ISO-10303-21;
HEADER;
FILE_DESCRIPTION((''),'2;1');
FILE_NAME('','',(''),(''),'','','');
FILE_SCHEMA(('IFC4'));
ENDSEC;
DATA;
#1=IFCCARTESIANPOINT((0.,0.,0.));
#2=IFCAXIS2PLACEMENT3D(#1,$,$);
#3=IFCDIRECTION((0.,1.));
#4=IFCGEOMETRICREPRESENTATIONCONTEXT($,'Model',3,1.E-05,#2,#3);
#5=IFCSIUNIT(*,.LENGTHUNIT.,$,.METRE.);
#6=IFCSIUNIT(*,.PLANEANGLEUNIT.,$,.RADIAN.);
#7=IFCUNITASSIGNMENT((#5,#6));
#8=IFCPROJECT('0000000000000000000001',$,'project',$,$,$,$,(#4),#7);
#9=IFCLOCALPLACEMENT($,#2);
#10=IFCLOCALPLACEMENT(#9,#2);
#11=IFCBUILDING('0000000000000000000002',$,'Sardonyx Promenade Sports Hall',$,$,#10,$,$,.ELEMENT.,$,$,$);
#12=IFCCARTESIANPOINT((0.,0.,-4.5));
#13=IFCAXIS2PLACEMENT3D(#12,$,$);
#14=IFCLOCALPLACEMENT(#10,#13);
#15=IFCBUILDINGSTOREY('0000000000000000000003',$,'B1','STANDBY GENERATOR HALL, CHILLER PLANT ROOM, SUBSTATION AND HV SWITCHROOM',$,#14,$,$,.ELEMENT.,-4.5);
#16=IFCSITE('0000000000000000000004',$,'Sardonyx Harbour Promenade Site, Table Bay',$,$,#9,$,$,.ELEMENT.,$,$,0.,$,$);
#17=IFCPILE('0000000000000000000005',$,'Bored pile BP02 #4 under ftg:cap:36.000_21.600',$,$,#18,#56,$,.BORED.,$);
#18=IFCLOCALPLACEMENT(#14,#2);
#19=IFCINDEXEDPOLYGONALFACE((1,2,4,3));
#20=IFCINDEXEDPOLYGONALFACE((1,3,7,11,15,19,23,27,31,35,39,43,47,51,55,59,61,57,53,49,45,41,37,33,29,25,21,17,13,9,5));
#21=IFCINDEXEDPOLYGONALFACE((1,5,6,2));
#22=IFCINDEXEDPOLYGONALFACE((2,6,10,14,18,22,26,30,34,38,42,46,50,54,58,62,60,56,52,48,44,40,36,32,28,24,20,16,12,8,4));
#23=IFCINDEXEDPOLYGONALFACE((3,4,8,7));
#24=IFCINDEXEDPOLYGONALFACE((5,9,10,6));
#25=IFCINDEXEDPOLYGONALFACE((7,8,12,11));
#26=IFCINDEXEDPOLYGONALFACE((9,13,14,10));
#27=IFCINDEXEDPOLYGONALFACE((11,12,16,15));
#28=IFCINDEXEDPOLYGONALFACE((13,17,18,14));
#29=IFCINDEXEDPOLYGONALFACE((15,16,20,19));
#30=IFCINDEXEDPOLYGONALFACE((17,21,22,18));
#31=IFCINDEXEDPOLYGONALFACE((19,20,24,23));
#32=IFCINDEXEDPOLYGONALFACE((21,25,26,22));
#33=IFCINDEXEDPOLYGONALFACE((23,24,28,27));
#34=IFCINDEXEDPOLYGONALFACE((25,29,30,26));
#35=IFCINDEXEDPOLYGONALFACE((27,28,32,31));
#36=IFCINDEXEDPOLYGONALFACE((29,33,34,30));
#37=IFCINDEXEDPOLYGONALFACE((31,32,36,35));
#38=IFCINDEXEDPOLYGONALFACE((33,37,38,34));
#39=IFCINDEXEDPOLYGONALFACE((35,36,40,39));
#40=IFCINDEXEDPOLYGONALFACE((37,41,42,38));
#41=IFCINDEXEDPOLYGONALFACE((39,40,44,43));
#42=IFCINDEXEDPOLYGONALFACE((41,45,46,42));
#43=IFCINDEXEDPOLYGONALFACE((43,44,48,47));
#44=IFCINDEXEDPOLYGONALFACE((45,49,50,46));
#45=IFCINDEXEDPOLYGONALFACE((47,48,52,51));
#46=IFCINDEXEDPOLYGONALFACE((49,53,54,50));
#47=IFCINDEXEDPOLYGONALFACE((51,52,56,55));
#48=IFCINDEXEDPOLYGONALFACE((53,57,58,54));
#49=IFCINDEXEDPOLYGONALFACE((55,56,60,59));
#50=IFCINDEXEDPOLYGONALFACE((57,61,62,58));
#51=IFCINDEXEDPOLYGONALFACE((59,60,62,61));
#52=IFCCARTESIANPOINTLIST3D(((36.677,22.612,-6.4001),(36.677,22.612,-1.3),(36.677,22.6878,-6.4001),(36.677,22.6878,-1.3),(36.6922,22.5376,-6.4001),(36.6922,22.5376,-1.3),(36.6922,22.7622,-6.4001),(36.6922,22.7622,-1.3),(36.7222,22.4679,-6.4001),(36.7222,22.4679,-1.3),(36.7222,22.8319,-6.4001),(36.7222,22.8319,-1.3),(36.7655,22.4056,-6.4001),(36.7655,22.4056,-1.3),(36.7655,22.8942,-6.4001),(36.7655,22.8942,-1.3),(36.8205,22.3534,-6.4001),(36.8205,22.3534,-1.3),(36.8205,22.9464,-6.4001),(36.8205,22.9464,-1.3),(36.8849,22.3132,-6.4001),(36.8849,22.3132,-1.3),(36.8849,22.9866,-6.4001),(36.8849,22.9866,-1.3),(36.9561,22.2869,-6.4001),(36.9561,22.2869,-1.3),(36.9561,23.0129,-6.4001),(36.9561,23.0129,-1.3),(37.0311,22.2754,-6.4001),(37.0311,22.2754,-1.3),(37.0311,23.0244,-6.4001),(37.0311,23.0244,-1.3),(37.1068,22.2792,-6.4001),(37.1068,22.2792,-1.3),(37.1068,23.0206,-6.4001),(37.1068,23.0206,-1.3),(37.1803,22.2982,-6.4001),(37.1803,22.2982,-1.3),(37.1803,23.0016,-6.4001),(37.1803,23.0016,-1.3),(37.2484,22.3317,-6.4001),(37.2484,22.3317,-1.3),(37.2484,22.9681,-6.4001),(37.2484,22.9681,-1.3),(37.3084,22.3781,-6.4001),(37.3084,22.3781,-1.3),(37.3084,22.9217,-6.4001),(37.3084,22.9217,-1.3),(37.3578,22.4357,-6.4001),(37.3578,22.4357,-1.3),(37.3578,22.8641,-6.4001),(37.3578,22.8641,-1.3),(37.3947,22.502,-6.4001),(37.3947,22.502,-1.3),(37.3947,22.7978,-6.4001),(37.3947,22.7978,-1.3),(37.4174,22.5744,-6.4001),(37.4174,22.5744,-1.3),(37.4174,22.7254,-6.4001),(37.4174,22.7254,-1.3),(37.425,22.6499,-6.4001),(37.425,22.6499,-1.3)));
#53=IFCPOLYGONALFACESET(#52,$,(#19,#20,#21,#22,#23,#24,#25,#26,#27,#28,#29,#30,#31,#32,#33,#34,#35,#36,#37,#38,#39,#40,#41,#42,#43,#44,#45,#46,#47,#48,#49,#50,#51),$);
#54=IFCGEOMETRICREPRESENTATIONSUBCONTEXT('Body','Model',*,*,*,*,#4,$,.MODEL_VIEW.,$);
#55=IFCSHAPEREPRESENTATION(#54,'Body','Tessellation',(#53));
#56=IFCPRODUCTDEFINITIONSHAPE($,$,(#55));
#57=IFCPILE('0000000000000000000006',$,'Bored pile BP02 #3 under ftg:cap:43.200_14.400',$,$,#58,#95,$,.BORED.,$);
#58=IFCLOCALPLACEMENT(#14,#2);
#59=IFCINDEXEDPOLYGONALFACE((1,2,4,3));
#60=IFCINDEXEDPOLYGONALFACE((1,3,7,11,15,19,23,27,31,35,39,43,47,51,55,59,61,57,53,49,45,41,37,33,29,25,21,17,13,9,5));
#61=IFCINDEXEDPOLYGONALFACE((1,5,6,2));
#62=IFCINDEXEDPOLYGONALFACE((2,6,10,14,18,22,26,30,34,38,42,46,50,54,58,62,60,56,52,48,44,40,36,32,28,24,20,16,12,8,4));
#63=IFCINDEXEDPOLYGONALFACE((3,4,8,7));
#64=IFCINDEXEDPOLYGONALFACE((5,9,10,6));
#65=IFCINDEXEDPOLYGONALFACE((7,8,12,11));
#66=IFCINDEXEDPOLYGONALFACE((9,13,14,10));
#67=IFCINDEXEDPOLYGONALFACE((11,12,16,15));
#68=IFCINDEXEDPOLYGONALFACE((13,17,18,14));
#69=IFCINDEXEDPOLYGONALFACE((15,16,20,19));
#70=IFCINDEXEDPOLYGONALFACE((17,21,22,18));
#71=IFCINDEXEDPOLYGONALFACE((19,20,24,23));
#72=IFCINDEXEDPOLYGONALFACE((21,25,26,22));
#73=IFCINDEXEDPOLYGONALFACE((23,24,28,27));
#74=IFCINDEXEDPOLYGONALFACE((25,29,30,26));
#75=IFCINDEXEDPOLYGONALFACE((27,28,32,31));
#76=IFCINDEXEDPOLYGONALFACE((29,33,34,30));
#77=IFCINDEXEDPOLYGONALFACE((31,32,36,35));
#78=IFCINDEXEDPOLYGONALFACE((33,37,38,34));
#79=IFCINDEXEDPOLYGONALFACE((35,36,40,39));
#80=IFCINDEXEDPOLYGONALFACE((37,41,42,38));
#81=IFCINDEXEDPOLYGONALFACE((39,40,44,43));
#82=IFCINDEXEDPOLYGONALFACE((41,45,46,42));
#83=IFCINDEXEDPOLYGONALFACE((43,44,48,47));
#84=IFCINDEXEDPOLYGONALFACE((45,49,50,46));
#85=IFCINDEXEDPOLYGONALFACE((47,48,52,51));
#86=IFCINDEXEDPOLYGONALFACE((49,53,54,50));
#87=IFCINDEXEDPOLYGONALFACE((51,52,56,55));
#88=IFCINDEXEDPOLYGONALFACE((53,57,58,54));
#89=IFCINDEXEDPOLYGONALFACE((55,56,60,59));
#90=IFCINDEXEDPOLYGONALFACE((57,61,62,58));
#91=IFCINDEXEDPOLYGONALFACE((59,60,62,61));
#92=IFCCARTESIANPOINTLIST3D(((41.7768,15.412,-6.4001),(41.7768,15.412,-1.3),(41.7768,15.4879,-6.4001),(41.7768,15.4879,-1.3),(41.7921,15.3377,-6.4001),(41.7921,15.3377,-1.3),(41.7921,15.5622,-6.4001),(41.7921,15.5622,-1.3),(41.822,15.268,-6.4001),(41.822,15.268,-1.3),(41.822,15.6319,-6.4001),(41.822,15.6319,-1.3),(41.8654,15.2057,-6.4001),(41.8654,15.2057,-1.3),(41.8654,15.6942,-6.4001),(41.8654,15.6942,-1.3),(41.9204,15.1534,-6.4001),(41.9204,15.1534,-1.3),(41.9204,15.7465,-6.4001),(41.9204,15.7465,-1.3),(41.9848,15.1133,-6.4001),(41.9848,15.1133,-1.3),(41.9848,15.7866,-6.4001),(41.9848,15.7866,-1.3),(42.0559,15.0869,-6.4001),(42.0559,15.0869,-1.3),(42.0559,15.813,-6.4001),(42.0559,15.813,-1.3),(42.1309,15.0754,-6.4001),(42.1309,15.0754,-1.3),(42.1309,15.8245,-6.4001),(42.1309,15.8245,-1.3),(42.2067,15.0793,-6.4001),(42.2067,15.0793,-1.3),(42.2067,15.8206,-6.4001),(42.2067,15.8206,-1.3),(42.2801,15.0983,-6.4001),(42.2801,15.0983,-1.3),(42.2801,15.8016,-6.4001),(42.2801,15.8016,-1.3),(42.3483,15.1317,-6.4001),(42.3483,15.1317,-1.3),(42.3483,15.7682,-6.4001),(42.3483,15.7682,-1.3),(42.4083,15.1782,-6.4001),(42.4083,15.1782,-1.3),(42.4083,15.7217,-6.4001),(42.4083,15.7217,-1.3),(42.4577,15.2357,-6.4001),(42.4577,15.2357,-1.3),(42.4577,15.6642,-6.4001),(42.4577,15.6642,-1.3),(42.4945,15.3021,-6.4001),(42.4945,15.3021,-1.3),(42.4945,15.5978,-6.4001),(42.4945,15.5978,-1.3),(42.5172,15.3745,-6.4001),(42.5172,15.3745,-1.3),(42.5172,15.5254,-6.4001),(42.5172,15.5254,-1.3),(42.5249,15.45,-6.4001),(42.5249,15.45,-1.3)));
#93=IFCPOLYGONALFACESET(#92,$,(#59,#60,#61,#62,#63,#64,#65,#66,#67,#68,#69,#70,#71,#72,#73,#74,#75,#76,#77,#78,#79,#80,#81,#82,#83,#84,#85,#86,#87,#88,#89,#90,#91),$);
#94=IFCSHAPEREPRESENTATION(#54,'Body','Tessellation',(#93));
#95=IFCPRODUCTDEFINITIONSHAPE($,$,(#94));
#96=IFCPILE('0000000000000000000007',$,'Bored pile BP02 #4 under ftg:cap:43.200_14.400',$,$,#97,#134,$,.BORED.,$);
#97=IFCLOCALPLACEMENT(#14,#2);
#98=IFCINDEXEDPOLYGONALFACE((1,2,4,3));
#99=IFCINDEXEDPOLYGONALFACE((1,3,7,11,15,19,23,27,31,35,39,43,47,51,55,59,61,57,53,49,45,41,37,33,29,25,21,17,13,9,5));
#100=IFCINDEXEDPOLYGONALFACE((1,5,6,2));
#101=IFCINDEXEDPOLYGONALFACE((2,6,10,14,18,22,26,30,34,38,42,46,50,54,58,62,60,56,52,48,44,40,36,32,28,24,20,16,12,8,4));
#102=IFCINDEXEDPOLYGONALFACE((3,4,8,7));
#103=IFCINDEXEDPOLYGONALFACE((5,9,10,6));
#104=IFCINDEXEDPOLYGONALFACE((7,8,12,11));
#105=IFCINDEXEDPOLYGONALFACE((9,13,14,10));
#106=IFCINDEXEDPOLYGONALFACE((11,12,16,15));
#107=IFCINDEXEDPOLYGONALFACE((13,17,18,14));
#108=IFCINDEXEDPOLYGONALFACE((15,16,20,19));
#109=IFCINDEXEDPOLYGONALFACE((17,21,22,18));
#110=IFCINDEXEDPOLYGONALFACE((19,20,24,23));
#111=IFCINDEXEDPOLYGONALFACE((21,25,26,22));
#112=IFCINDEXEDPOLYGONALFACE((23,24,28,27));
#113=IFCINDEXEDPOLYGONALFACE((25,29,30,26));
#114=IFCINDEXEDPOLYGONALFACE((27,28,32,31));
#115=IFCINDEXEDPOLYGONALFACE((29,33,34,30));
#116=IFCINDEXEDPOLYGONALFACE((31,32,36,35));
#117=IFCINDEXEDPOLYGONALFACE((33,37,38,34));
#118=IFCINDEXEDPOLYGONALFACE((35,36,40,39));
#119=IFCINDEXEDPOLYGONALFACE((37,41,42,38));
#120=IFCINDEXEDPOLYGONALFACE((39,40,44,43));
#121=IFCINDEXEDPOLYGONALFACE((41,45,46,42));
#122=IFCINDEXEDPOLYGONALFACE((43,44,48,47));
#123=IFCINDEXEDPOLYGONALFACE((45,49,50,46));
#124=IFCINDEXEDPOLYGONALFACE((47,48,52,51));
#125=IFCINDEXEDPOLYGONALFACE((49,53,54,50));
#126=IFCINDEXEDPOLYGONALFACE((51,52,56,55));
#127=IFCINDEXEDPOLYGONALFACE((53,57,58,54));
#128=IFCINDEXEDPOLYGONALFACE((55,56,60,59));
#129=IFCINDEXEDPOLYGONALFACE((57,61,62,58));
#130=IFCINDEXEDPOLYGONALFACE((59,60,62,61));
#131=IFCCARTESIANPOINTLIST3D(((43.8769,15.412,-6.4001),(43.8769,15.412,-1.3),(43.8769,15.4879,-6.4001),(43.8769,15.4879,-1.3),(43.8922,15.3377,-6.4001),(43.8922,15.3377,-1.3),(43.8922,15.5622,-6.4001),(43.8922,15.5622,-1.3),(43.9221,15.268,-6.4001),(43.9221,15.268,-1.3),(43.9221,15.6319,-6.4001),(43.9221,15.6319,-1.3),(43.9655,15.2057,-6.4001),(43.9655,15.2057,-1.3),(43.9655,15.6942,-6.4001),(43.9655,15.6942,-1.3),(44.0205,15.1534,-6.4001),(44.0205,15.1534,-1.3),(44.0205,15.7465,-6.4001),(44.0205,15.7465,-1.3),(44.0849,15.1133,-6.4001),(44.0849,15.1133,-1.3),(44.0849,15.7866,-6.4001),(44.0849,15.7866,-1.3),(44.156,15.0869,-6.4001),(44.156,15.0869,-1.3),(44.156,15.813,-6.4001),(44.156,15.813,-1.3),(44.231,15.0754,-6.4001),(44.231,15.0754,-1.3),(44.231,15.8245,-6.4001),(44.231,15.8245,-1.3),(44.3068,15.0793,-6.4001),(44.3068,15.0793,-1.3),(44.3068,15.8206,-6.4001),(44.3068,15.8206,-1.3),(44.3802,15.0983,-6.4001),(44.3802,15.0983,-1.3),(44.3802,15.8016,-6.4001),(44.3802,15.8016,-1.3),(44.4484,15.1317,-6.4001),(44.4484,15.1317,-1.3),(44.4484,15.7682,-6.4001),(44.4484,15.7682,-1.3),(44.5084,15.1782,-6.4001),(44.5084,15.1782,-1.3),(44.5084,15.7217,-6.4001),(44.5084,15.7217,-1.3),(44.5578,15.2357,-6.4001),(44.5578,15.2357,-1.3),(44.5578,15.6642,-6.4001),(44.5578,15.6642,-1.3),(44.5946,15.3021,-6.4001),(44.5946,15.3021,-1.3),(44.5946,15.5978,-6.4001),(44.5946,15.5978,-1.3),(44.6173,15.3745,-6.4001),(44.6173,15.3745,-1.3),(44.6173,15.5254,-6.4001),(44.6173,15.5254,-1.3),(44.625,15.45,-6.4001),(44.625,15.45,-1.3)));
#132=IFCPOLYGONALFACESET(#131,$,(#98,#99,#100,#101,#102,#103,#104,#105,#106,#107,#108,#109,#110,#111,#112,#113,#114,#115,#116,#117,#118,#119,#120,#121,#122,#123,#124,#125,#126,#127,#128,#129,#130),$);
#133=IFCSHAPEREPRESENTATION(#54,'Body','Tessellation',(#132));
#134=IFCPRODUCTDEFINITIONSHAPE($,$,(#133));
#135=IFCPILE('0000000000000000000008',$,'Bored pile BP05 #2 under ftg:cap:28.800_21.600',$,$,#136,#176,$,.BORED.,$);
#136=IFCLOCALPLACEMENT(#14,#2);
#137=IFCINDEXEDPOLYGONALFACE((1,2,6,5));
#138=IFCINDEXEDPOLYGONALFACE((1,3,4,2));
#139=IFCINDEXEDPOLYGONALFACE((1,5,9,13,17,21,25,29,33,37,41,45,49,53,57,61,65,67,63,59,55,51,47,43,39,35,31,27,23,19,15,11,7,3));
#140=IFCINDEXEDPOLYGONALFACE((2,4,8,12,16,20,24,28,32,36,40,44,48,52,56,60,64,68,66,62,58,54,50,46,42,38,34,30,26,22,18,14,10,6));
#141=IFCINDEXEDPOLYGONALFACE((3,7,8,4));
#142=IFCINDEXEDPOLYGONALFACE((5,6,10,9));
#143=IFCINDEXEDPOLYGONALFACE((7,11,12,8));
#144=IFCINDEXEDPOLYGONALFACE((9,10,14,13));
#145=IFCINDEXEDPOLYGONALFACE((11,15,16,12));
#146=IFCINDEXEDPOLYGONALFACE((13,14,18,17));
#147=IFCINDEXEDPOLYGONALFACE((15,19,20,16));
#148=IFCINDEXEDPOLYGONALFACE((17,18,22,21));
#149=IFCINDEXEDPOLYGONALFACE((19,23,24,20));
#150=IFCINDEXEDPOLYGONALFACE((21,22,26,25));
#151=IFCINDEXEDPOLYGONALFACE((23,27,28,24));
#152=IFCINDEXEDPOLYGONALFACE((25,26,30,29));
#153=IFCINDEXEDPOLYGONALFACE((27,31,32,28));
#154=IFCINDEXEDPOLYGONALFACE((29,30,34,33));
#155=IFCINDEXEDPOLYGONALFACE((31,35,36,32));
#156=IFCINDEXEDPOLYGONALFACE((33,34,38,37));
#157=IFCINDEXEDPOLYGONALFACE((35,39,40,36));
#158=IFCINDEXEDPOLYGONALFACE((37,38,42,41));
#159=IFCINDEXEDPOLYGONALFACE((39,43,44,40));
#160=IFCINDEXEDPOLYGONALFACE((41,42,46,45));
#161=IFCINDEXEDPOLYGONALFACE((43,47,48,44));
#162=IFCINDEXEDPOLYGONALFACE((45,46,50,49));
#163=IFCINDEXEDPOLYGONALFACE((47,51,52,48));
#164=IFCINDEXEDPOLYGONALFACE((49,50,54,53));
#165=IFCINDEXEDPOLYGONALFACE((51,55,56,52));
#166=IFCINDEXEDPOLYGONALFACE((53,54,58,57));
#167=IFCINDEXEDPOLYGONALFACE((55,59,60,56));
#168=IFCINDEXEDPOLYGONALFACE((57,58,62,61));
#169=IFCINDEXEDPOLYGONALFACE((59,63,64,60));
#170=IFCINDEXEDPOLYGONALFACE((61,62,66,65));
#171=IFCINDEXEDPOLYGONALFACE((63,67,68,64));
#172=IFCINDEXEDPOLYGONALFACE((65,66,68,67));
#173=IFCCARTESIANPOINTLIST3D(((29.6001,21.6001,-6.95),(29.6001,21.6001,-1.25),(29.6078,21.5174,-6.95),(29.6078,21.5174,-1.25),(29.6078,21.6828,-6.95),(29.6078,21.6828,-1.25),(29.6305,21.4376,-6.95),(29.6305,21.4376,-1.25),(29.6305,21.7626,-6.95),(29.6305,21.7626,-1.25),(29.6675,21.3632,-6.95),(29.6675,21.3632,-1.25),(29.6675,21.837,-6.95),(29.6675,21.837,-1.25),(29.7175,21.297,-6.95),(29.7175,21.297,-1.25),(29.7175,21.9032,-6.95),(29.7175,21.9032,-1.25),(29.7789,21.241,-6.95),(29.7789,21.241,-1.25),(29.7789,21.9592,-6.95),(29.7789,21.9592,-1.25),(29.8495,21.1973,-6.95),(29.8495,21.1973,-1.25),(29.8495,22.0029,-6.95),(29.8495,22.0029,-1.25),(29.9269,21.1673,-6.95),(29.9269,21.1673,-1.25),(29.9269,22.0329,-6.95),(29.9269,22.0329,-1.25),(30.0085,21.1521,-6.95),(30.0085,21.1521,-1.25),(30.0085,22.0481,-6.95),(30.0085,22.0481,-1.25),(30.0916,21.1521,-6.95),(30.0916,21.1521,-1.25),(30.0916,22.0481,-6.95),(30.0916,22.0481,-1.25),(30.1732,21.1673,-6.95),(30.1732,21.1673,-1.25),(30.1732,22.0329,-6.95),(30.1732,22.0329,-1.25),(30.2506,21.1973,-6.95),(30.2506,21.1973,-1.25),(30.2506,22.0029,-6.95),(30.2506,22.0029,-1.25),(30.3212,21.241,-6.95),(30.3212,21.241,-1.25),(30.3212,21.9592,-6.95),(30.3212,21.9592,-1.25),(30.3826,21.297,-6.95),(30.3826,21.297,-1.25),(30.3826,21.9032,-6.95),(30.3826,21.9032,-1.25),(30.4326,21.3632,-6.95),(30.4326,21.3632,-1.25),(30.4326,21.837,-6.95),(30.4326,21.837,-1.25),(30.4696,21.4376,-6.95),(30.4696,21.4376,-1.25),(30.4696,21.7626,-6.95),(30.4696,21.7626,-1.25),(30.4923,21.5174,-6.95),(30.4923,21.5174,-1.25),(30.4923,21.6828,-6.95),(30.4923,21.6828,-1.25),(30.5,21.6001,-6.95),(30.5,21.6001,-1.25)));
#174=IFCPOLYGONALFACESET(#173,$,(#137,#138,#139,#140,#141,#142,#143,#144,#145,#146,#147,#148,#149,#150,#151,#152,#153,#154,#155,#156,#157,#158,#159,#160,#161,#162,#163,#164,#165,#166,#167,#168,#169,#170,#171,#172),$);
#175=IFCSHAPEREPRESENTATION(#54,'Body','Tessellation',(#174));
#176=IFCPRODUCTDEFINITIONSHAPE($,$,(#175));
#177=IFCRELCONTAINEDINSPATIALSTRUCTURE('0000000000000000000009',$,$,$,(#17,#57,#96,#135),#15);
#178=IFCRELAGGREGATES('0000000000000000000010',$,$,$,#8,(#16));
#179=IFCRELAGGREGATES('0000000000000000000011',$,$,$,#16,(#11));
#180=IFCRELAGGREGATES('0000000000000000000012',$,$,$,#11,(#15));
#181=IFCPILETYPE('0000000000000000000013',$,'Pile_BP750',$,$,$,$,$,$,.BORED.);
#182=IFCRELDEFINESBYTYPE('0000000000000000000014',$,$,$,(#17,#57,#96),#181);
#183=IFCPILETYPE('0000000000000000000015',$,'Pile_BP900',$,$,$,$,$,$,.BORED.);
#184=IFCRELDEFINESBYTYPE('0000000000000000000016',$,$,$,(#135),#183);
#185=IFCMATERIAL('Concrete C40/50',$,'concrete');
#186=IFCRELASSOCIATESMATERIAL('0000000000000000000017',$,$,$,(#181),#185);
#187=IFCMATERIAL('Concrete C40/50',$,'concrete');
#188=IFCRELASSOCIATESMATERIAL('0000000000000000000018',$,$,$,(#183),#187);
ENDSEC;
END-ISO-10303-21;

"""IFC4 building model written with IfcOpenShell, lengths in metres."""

from ifc_helpers import new_model, si_unit, direction, frame, origin, origin_2d, place, context, subcontext, project, spatial, circle, extrude, material, material_profile, profile_set, type_object, element, save


model = new_model("IFC4")

# Units and contexts
model_context = context("Model", 3, precision=1e-05, world=origin(), true_north=direction((0.0, 1.0)))
body_context = subcontext(model_context, "Body", "Model", "MODEL_VIEW")
ifc_project = project(units=[si_unit("LENGTHUNIT", "METRE"), si_unit("PLANEANGLEUNIT", "RADIAN")], contexts=[model_context])

# Site, building, storey
site_placement = place(None, origin())
site = spatial("IfcSite", under=ifc_project, at=site_placement, Name="Sardonyx Harbour Promenade Site, Table Bay", CompositionType="ELEMENT", RefElevation=0.0)
building_placement = place(site_placement, origin())
building = spatial("IfcBuilding", under=site, at=building_placement, Name="Sardonyx Promenade Sports Hall", CompositionType="ELEMENT")
storey_placement = place(building_placement, frame((0.0, 0.0, -4.5)))
storey = spatial("IfcBuildingStorey", under=building, at=storey_placement, Name="B1", Description="STANDBY GENERATOR HALL, CHILLER PLANT ROOM, SUBSTATION AND HV SWITCHROOM", CompositionType="ELEMENT", Elevation=-4.5)

# Piles
ifc_material_1 = material(Name="Concrete C40/50", Category="concrete")
ifc_material_profile_1 = material_profile(ifc_material_1, circle(Radius=0.375, at=origin_2d()))
ifc_profile_set_1 = profile_set([ifc_material_profile_1], Name="Concrete C40/50")
pile_type_1 = type_object("IfcPileType", Name="Pile_BP750", PredefinedType="BORED", material=ifc_profile_set_1)
for number, where, z_axis, x_axis, name in (
    (1, (37.05, 22.6499, -1.3), (0.0, 0.0, -1.0), (1.0, 0.0, 0.0), "Bored pile BP02 #4 under ftg:cap:36.000_21.600"),
    (2, (42.1499, 15.45, -1.3), (0.0, 0.0, -1.0), (1.0, 0.0, 0.0), "Bored pile BP02 #3 under ftg:cap:43.200_14.400"),
    (3, (44.25, 15.45, -1.3), (0.0, 0.0, -1.0), (1.0, 0.0, 0.0), "Bored pile BP02 #4 under ftg:cap:43.200_14.400"),
):
    element("IfcPile", number, at=place(storey_placement, frame(where, z_axis=z_axis, x_axis=x_axis)), inside=storey, type_object=pile_type_1, Name=name, PredefinedType="BORED", context=body_context, shape_type="SweptSolid", body=[
        extrude(circle(Radius=0.375, at=origin_2d()), origin(), (0.0, 0.0, 1.0), 5.1001),
    ])
ifc_material_2 = material(Name="Concrete C40/50", Category="concrete")
ifc_material_profile_2 = material_profile(ifc_material_2, circle(Radius=0.45, at=origin_2d()))
ifc_profile_set_2 = profile_set([ifc_material_profile_2], Name="Concrete C40/50")
pile_type_2 = type_object("IfcPileType", Name="Pile_BP900", PredefinedType="BORED", material=ifc_profile_set_2)
for number, where, z_axis, x_axis, name in (
    (4, (30.05, 21.6001, -1.25), (0.0, 0.0, -1.0), (1.0, 0.0, 0.0), "Bored pile BP05 #2 under ftg:cap:28.800_21.600"),
):
    element("IfcPile", number, at=place(storey_placement, frame(where, z_axis=z_axis, x_axis=x_axis)), inside=storey, type_object=pile_type_2, Name=name, PredefinedType="BORED", context=body_context, shape_type="SweptSolid", body=[
        extrude(circle(Radius=0.45, at=origin_2d()), origin(), (0.0, 0.0, 1.0), 5.7),
    ])

save(model, "model.ifc")
